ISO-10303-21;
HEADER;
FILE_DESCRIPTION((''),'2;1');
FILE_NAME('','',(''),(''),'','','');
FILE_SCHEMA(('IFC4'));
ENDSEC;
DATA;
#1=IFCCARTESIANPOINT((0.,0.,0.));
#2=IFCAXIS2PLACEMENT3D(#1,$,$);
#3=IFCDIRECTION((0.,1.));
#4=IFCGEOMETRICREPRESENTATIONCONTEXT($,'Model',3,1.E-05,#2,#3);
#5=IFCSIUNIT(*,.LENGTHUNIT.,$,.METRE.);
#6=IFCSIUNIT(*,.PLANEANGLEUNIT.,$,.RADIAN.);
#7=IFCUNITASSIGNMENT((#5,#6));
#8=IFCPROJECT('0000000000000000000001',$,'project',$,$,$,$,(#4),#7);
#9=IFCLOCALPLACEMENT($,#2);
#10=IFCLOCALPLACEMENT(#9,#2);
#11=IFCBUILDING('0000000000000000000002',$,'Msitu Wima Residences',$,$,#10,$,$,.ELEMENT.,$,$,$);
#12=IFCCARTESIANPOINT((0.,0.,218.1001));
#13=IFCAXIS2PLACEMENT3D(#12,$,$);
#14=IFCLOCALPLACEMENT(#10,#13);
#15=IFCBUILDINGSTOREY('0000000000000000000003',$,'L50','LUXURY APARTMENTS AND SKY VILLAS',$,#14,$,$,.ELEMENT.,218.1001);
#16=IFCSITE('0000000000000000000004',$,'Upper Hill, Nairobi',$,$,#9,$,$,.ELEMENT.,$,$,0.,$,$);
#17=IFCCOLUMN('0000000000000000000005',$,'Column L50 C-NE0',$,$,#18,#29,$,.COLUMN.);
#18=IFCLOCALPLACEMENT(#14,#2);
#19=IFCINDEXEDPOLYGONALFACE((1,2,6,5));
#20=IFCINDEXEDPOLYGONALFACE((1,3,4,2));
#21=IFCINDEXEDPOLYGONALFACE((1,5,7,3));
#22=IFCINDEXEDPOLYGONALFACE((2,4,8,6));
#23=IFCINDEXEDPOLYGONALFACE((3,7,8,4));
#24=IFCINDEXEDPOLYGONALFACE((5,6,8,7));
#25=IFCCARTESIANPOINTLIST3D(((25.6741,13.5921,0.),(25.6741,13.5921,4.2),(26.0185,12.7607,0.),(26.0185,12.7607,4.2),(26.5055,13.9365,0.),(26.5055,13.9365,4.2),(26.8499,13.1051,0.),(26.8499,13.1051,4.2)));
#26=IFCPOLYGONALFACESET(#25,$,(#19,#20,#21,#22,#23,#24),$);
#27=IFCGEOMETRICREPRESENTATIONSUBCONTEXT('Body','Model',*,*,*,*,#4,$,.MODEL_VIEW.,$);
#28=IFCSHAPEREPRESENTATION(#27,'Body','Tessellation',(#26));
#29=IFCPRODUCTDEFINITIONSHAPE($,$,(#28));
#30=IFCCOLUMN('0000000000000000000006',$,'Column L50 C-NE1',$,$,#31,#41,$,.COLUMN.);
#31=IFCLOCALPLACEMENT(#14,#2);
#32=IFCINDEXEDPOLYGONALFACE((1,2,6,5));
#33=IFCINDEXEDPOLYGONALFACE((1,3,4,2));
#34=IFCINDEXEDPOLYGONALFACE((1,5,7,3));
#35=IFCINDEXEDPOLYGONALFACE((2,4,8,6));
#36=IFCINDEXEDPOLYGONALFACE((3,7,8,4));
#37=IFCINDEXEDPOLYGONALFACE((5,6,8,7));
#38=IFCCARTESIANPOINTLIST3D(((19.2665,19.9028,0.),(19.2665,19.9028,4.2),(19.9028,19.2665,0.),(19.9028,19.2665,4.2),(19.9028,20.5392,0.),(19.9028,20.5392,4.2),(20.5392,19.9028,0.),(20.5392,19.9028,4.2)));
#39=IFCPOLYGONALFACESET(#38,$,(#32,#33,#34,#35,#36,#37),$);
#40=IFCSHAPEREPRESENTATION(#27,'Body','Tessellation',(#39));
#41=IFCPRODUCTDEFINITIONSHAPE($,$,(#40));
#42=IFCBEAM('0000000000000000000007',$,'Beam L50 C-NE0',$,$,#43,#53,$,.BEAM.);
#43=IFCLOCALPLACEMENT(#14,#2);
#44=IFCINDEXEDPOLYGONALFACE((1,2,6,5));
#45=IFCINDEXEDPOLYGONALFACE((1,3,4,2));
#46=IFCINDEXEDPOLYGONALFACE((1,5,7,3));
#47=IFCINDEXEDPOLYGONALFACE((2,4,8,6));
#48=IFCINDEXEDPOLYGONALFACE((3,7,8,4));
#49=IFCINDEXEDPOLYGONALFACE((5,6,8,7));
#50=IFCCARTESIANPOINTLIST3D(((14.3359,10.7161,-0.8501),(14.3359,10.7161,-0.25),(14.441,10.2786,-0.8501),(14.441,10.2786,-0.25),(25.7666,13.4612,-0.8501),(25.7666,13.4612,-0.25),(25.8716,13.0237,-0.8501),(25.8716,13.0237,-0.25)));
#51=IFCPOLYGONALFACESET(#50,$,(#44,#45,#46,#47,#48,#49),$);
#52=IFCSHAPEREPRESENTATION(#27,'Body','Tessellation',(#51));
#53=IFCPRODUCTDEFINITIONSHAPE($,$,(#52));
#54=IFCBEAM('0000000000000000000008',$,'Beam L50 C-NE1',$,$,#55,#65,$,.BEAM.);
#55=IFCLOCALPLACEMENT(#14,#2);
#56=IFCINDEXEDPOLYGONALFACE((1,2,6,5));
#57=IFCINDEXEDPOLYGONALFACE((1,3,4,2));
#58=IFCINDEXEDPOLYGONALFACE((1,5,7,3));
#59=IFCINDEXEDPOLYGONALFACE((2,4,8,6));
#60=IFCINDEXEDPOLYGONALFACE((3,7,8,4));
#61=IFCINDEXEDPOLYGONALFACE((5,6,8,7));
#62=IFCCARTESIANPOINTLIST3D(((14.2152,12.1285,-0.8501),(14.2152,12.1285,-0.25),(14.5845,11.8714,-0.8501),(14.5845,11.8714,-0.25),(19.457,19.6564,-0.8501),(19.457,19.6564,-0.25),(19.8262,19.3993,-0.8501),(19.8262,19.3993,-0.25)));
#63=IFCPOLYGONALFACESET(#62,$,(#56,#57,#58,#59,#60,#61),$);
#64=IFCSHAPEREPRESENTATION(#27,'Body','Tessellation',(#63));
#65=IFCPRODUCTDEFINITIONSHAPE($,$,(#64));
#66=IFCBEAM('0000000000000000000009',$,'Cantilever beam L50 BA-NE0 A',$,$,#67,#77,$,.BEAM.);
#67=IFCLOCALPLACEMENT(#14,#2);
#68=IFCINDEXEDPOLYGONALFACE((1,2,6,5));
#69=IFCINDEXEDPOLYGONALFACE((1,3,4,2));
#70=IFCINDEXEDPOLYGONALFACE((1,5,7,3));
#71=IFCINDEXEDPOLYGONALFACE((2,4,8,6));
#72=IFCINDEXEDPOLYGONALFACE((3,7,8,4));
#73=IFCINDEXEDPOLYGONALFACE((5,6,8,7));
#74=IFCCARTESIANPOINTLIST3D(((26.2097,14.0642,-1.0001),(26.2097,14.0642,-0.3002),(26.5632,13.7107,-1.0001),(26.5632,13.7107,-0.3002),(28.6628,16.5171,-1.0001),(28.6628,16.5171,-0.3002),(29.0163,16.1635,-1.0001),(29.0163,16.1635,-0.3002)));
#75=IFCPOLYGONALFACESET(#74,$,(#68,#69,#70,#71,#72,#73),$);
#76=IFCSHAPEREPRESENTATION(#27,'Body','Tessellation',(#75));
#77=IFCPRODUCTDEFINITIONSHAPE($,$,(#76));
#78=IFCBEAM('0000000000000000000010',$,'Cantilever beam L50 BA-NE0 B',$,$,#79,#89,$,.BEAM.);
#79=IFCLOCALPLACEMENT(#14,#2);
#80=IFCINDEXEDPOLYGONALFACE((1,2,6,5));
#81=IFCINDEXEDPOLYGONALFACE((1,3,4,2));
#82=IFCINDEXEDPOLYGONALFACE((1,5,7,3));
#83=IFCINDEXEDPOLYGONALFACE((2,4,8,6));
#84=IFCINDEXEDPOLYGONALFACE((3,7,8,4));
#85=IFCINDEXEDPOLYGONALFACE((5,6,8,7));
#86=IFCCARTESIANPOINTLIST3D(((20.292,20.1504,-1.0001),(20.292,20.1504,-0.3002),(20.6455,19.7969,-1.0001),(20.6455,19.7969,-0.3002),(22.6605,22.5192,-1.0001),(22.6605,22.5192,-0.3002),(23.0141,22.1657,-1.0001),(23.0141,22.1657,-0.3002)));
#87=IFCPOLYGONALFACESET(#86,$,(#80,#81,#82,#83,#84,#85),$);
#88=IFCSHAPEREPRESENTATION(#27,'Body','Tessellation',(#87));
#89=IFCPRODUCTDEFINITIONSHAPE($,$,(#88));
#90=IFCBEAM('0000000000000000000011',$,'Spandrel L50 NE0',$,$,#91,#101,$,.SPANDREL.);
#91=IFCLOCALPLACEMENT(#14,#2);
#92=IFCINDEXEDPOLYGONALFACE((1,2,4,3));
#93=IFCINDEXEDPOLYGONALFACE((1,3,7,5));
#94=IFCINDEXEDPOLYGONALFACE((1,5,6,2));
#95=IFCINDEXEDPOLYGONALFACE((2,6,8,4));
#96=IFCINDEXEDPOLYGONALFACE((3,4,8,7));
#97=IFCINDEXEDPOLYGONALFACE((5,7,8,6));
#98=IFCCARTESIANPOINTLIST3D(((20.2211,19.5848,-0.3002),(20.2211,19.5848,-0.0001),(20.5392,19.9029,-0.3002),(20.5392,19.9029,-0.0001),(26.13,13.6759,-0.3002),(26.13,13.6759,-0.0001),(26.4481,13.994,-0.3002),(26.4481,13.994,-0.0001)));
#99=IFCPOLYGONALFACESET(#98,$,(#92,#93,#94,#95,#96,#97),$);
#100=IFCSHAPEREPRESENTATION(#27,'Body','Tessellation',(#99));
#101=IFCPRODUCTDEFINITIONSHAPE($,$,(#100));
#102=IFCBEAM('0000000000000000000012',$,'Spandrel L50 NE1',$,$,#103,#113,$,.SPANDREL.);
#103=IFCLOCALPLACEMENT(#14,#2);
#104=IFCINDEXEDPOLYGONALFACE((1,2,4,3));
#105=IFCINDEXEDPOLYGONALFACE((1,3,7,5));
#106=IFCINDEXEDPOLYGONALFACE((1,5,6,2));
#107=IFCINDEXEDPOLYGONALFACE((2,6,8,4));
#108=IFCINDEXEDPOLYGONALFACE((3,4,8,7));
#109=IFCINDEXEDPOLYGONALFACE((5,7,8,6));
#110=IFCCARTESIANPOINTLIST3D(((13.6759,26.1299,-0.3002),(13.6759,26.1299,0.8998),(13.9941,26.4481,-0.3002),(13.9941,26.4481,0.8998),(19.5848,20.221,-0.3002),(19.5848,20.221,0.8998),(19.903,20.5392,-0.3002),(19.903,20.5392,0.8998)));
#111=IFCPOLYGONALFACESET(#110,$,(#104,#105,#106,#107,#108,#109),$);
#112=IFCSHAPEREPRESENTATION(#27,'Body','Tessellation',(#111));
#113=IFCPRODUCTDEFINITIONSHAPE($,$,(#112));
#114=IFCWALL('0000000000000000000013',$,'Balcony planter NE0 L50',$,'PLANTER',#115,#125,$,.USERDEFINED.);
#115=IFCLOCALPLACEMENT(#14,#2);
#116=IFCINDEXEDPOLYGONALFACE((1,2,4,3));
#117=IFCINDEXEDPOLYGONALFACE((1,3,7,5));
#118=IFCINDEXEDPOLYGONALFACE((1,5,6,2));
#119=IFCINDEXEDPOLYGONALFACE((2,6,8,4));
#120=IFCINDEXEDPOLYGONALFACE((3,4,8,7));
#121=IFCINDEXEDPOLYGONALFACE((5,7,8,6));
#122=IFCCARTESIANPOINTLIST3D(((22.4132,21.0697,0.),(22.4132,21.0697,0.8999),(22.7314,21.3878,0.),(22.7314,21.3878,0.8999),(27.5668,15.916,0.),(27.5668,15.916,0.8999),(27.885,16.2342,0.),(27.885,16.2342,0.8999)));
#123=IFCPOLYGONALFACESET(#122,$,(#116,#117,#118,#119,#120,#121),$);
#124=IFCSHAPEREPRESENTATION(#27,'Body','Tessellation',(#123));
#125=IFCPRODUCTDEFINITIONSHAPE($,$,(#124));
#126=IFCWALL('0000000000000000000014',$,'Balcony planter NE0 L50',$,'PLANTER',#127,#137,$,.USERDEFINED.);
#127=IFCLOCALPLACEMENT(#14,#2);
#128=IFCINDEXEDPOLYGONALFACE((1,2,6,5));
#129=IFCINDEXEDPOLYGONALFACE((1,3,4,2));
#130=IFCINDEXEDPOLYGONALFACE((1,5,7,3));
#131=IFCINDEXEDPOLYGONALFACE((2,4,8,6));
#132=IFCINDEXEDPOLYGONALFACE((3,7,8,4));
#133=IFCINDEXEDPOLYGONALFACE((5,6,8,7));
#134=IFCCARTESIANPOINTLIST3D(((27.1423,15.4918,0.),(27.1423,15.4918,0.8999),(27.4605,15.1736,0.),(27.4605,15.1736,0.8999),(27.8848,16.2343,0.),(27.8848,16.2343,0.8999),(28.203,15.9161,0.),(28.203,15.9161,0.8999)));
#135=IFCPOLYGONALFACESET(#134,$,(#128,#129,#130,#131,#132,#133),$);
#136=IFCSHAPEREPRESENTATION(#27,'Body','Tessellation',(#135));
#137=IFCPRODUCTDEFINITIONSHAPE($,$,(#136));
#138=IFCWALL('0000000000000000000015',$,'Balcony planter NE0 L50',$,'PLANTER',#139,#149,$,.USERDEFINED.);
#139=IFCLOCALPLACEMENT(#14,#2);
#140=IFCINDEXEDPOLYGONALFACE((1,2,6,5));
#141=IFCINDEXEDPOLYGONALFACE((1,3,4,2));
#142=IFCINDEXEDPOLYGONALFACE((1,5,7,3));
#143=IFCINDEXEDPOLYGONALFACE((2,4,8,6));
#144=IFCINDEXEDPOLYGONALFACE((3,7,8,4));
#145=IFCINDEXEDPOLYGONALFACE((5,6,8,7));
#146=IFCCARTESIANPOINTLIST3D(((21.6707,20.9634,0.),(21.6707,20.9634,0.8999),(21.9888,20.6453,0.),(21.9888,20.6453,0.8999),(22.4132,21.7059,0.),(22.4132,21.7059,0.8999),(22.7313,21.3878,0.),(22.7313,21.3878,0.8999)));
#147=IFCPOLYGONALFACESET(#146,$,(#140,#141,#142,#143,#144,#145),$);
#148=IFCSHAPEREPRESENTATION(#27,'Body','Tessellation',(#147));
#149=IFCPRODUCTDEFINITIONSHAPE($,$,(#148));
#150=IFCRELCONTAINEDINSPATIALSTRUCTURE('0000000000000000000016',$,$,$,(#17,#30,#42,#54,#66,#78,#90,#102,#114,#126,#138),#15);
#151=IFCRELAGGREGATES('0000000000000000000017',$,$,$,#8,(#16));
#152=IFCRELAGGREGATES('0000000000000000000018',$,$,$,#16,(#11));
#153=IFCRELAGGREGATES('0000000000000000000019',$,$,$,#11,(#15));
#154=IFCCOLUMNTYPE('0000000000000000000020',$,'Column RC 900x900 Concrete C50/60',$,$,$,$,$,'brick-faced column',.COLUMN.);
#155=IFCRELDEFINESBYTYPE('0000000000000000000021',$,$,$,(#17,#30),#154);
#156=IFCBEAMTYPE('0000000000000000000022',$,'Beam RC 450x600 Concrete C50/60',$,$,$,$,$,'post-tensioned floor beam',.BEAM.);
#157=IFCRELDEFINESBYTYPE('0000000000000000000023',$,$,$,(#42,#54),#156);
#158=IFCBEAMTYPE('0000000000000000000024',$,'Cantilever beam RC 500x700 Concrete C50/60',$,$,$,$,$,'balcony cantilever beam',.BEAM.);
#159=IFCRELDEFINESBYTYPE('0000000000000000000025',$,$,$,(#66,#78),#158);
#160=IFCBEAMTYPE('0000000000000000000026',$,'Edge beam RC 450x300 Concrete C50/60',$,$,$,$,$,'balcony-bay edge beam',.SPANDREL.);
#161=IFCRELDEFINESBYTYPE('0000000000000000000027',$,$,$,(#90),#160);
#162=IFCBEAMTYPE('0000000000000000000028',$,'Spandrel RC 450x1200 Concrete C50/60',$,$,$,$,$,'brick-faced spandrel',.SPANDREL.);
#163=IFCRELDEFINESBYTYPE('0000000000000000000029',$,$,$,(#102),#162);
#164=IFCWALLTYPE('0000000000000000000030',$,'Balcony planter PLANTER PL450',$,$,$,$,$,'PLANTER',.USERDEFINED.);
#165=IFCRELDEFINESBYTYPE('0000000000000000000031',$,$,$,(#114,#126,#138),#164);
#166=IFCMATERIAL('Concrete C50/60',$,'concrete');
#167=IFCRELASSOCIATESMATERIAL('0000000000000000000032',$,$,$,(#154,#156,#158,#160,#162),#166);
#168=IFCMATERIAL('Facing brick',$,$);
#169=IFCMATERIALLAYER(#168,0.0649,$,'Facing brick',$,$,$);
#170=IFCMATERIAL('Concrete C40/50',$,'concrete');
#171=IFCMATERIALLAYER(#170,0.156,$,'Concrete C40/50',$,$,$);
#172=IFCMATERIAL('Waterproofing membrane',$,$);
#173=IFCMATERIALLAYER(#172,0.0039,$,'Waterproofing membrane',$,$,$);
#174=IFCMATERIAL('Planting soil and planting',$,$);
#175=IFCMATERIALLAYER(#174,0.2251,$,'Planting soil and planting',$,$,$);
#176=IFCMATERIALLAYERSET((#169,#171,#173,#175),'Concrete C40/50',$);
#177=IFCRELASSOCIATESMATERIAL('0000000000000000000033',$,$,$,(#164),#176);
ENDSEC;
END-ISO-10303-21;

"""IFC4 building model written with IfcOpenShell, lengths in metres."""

from ifc_helpers import new_model, si_unit, direction, frame, frame_2d, origin, origin_2d, place, context, subcontext, project, spatial, rectangle, extrude, material, layer, layer_set, material_profile, profile_set, type_object, element, save


model = new_model("IFC4")

# Units and contexts
model_context = context("Model", 3, precision=1e-05, world=origin(), true_north=direction((0.0, 1.0)))
body_context = subcontext(model_context, "Body", "Model", "MODEL_VIEW")
ifc_project = project(units=[si_unit("LENGTHUNIT", "METRE"), si_unit("PLANEANGLEUNIT", "RADIAN")], contexts=[model_context])

# Site, building, storey
site_placement = place(None, origin())
site = spatial("IfcSite", under=ifc_project, at=site_placement, Name="Upper Hill, Nairobi", CompositionType="ELEMENT", RefElevation=0.0)
building_placement = place(site_placement, origin())
building = spatial("IfcBuilding", under=site, at=building_placement, Name="Msitu Wima Residences", CompositionType="ELEMENT")
storey_placement = place(building_placement, frame((0.0, 0.0, 218.1001)))
storey = spatial("IfcBuildingStorey", under=building, at=storey_placement, Name="L50", Description="LUXURY APARTMENTS AND SKY VILLAS", CompositionType="ELEMENT", Elevation=218.1001)

# Columns
ifc_material_1 = material(Name="Concrete C50/60", Category="concrete")
ifc_material_profile_1 = material_profile(ifc_material_1, rectangle(XDim=0.8999, YDim=0.8999, at=origin_2d()), Name="RC 900x900")
ifc_profile_set_1 = profile_set([ifc_material_profile_1], Name="Concrete C50/60")
column_type = type_object("IfcColumnType", Name="Column RC 900x900 Concrete C50/60", ElementType="brick-faced column", PredefinedType="COLUMN", material=ifc_profile_set_1)
for number, where, z_axis, x_axis, name in (
    (1, (26.262, 13.3486, 0.0), (0.0, 0.0, 1.0), (-0.382683, 0.92388, 0.0), "Column L50 C-NE0"),
    (2, (19.9028, 19.9028, 0.0), (0.0, 0.0, 1.0), (-0.707107, 0.707107, 0.0), "Column L50 C-NE1"),
):
    element("IfcColumn", number, at=place(storey_placement, frame(where, z_axis=z_axis, x_axis=x_axis)), inside=storey, type_object=column_type, Name=name, PredefinedType="COLUMN", context=body_context, shape_type="SweptSolid", body=[
        extrude(rectangle(XDim=0.8999, YDim=0.8999, at=origin_2d()), origin(), (0.0, 0.0, 1.0), 4.2),
    ])

# Beams
ifc_material_profile_2 = material_profile(ifc_material_1, rectangle(XDim=0.45, YDim=0.6001, at=origin_2d()), Name="RC 450x600")
ifc_profile_set_2 = profile_set([ifc_material_profile_2], Name="Concrete C50/60")
beam_type_1 = type_object("IfcBeamType", Name="Beam RC 450x600 Concrete C50/60", ElementType="post-tensioned floor beam", PredefinedType="BEAM", material=ifc_profile_set_2)
beam_1_placement = place(storey_placement, frame((25.8191, 13.2424, -0.55), z_axis=(-0.972353, -0.233514, 0.0), x_axis=(0.233514, -0.972353, 0.0)))
element("IfcBeam", 3, at=beam_1_placement, inside=storey, type_object=beam_type_1, Name="Beam L50 C-NE0", PredefinedType="BEAM", context=body_context, shape_type="SweptSolid", body=[
    extrude(rectangle(XDim=0.45, YDim=0.6001, at=origin_2d()), origin(), (0.0, 0.0, 1.0), 11.7556),
])
beam_2_placement = place(storey_placement, frame((19.6416, 19.5278, -0.55), z_axis=(-0.571428, -0.820652, 0.0), x_axis=(0.820652, -0.571428, 0.0)))
element("IfcBeam", 4, at=beam_2_placement, inside=storey, type_object=beam_type_1, Name="Beam L50 C-NE1", PredefinedType="BEAM", context=body_context, shape_type="SweptSolid", body=[
    extrude(rectangle(XDim=0.45, YDim=0.6001, at=origin_2d()), origin(), (0.0, 0.0, 1.0), 9.1731),
])
ifc_material_profile_3 = material_profile(ifc_material_1, rectangle(XDim=0.5, YDim=0.7, at=origin_2d()), Name="RC 500x700")
ifc_profile_set_3 = profile_set([ifc_material_profile_3], Name="Concrete C50/60")
beam_type_2 = type_object("IfcBeamType", Name="Cantilever beam RC 500x700 Concrete C50/60", ElementType="balcony cantilever beam", PredefinedType="BEAM", material=ifc_profile_set_3)
beam_3_placement = place(storey_placement, frame((26.3865, 13.8875, -0.6501), z_axis=(0.707142, 0.707072, 0.0), x_axis=(-0.707072, 0.707142, 0.0)))
element("IfcBeam", 5, at=beam_3_placement, inside=storey, type_object=beam_type_2, Name="Cantilever beam L50 BA-NE0 A", PredefinedType="BEAM", context=body_context, shape_type="SweptSolid", body=[
    extrude(rectangle(XDim=0.5, YDim=0.7, at=origin_2d()), origin(), (0.0, 0.0, 1.0), 3.469),
])
beam_4_placement = place(storey_placement, frame((20.4688, 19.9736, -0.6501), z_axis=(0.70707, 0.707143, 0.0), x_axis=(-0.707143, 0.70707, 0.0)))
element("IfcBeam", 6, at=beam_4_placement, inside=storey, type_object=beam_type_2, Name="Cantilever beam L50 BA-NE0 B", PredefinedType="BEAM", context=body_context, shape_type="SweptSolid", body=[
    extrude(rectangle(XDim=0.5, YDim=0.7, at=origin_2d()), origin(), (0.0, 0.0, 1.0), 3.3499),
])
ifc_material_profile_4 = material_profile(ifc_material_1, rectangle(XDim=0.45, YDim=0.3, at=origin_2d()), Name="RC 450x300")
ifc_profile_set_4 = profile_set([ifc_material_profile_4], Name="Concrete C50/60")
beam_type_3 = type_object("IfcBeamType", Name="Edge beam RC 450x300 Concrete C50/60", ElementType="balcony-bay edge beam", PredefinedType="SPANDREL", material=ifc_profile_set_4)
beam_5_placement = place(storey_placement, frame((26.2891, 13.835, -0.1501), z_axis=(-0.707107, 0.707107, 0.0), x_axis=(-0.707107, -0.707107, 0.0)))
element("IfcBeam", 7, at=beam_5_placement, inside=storey, type_object=beam_type_3, Name="Spandrel L50 NE0", PredefinedType="SPANDREL", context=body_context, shape_type="SweptSolid", body=[
    extrude(rectangle(XDim=0.45, YDim=0.3, at=origin_2d()), origin(), (0.0, 0.0, 1.0), 8.3564),
])
ifc_material_profile_5 = material_profile(ifc_material_1, rectangle(XDim=0.45, YDim=1.2, at=origin_2d()), Name="RC 450x1200")
ifc_profile_set_5 = profile_set([ifc_material_profile_5], Name="Concrete C50/60")
beam_type_4 = type_object("IfcBeamType", Name="Spandrel RC 450x1200 Concrete C50/60", ElementType="brick-faced spandrel", PredefinedType="SPANDREL", material=ifc_profile_set_5)
beam_6_placement = place(storey_placement, frame((19.7439, 20.3801, 0.2998), z_axis=(-0.707107, 0.707107, 0.0), x_axis=(-0.707107, -0.707107, 0.0)))
element("IfcBeam", 8, at=beam_6_placement, inside=storey, type_object=beam_type_4, Name="Spandrel L50 NE1", PredefinedType="SPANDREL", context=body_context, shape_type="SweptSolid", body=[
    extrude(rectangle(XDim=0.45, YDim=1.2, at=origin_2d()), origin(), (0.0, 0.0, 1.0), 8.3564),
])

# Walls
ifc_material_2 = material(Name="Facing brick")
ifc_layer_1 = layer(ifc_material_2, 0.0649, Name="Facing brick")
ifc_material_3 = material(Name="Concrete C40/50", Category="concrete")
ifc_layer_2 = layer(ifc_material_3, 0.156, Name="Concrete C40/50")
ifc_material_4 = material(Name="Waterproofing membrane")
ifc_layer_3 = layer(ifc_material_4, 0.0039, Name="Waterproofing membrane")
ifc_material_5 = material(Name="Planting soil and planting")
ifc_layer_4 = layer(ifc_material_5, 0.2251, Name="Planting soil and planting")
ifc_layer_set_1 = layer_set([ifc_layer_1, ifc_layer_2, ifc_layer_3, ifc_layer_4], Name="Concrete C40/50")
wall_type_1 = type_object("IfcWallType", Name="Balcony planter PLANTER PL450", ElementType="PLANTER", PredefinedType="USERDEFINED", material=ifc_layer_set_1)
wall_1_placement = place(storey_placement, frame((27.7258, 16.0752, 0.0), z_axis=(0.0, 0.0, 1.0), x_axis=(-0.707107, 0.707107, 0.0)))
element("IfcWall", 9, at=wall_1_placement, inside=storey, type_object=wall_type_1, Name="Balcony planter NE0 L50", ObjectType="PLANTER", PredefinedType="USERDEFINED", context=body_context, shape_type="SweptSolid", body=[
    extrude(rectangle(XDim=7.2883, YDim=0.45, at=frame_2d((3.644, 0.0))), origin(), (0.0, 0.0, 1.0), 0.8999),
])
for number, where, z_axis, x_axis, name in (
    (10, (27.3015, 15.3328, 0.0), (0.0, 0.0, 1.0), (0.707107, 0.707107, 0.0), "Balcony planter NE0 L50"),
    (11, (21.8298, 20.8044, 0.0), (0.0, 0.0, 1.0), (0.707107, 0.707107, 0.0), "Balcony planter NE0 L50"),
):
    element("IfcWall", number, at=place(storey_placement, frame(where, z_axis=z_axis, x_axis=x_axis)), inside=storey, type_object=wall_type_1, Name=name, ObjectType="PLANTER", PredefinedType="USERDEFINED", context=body_context, shape_type="SweptSolid", body=[
        extrude(rectangle(XDim=1.05, YDim=0.45, at=frame_2d((0.5249, 0.0))), origin(), (0.0, 0.0, 1.0), 0.8999),
    ])

save(model, "model.ifc")
